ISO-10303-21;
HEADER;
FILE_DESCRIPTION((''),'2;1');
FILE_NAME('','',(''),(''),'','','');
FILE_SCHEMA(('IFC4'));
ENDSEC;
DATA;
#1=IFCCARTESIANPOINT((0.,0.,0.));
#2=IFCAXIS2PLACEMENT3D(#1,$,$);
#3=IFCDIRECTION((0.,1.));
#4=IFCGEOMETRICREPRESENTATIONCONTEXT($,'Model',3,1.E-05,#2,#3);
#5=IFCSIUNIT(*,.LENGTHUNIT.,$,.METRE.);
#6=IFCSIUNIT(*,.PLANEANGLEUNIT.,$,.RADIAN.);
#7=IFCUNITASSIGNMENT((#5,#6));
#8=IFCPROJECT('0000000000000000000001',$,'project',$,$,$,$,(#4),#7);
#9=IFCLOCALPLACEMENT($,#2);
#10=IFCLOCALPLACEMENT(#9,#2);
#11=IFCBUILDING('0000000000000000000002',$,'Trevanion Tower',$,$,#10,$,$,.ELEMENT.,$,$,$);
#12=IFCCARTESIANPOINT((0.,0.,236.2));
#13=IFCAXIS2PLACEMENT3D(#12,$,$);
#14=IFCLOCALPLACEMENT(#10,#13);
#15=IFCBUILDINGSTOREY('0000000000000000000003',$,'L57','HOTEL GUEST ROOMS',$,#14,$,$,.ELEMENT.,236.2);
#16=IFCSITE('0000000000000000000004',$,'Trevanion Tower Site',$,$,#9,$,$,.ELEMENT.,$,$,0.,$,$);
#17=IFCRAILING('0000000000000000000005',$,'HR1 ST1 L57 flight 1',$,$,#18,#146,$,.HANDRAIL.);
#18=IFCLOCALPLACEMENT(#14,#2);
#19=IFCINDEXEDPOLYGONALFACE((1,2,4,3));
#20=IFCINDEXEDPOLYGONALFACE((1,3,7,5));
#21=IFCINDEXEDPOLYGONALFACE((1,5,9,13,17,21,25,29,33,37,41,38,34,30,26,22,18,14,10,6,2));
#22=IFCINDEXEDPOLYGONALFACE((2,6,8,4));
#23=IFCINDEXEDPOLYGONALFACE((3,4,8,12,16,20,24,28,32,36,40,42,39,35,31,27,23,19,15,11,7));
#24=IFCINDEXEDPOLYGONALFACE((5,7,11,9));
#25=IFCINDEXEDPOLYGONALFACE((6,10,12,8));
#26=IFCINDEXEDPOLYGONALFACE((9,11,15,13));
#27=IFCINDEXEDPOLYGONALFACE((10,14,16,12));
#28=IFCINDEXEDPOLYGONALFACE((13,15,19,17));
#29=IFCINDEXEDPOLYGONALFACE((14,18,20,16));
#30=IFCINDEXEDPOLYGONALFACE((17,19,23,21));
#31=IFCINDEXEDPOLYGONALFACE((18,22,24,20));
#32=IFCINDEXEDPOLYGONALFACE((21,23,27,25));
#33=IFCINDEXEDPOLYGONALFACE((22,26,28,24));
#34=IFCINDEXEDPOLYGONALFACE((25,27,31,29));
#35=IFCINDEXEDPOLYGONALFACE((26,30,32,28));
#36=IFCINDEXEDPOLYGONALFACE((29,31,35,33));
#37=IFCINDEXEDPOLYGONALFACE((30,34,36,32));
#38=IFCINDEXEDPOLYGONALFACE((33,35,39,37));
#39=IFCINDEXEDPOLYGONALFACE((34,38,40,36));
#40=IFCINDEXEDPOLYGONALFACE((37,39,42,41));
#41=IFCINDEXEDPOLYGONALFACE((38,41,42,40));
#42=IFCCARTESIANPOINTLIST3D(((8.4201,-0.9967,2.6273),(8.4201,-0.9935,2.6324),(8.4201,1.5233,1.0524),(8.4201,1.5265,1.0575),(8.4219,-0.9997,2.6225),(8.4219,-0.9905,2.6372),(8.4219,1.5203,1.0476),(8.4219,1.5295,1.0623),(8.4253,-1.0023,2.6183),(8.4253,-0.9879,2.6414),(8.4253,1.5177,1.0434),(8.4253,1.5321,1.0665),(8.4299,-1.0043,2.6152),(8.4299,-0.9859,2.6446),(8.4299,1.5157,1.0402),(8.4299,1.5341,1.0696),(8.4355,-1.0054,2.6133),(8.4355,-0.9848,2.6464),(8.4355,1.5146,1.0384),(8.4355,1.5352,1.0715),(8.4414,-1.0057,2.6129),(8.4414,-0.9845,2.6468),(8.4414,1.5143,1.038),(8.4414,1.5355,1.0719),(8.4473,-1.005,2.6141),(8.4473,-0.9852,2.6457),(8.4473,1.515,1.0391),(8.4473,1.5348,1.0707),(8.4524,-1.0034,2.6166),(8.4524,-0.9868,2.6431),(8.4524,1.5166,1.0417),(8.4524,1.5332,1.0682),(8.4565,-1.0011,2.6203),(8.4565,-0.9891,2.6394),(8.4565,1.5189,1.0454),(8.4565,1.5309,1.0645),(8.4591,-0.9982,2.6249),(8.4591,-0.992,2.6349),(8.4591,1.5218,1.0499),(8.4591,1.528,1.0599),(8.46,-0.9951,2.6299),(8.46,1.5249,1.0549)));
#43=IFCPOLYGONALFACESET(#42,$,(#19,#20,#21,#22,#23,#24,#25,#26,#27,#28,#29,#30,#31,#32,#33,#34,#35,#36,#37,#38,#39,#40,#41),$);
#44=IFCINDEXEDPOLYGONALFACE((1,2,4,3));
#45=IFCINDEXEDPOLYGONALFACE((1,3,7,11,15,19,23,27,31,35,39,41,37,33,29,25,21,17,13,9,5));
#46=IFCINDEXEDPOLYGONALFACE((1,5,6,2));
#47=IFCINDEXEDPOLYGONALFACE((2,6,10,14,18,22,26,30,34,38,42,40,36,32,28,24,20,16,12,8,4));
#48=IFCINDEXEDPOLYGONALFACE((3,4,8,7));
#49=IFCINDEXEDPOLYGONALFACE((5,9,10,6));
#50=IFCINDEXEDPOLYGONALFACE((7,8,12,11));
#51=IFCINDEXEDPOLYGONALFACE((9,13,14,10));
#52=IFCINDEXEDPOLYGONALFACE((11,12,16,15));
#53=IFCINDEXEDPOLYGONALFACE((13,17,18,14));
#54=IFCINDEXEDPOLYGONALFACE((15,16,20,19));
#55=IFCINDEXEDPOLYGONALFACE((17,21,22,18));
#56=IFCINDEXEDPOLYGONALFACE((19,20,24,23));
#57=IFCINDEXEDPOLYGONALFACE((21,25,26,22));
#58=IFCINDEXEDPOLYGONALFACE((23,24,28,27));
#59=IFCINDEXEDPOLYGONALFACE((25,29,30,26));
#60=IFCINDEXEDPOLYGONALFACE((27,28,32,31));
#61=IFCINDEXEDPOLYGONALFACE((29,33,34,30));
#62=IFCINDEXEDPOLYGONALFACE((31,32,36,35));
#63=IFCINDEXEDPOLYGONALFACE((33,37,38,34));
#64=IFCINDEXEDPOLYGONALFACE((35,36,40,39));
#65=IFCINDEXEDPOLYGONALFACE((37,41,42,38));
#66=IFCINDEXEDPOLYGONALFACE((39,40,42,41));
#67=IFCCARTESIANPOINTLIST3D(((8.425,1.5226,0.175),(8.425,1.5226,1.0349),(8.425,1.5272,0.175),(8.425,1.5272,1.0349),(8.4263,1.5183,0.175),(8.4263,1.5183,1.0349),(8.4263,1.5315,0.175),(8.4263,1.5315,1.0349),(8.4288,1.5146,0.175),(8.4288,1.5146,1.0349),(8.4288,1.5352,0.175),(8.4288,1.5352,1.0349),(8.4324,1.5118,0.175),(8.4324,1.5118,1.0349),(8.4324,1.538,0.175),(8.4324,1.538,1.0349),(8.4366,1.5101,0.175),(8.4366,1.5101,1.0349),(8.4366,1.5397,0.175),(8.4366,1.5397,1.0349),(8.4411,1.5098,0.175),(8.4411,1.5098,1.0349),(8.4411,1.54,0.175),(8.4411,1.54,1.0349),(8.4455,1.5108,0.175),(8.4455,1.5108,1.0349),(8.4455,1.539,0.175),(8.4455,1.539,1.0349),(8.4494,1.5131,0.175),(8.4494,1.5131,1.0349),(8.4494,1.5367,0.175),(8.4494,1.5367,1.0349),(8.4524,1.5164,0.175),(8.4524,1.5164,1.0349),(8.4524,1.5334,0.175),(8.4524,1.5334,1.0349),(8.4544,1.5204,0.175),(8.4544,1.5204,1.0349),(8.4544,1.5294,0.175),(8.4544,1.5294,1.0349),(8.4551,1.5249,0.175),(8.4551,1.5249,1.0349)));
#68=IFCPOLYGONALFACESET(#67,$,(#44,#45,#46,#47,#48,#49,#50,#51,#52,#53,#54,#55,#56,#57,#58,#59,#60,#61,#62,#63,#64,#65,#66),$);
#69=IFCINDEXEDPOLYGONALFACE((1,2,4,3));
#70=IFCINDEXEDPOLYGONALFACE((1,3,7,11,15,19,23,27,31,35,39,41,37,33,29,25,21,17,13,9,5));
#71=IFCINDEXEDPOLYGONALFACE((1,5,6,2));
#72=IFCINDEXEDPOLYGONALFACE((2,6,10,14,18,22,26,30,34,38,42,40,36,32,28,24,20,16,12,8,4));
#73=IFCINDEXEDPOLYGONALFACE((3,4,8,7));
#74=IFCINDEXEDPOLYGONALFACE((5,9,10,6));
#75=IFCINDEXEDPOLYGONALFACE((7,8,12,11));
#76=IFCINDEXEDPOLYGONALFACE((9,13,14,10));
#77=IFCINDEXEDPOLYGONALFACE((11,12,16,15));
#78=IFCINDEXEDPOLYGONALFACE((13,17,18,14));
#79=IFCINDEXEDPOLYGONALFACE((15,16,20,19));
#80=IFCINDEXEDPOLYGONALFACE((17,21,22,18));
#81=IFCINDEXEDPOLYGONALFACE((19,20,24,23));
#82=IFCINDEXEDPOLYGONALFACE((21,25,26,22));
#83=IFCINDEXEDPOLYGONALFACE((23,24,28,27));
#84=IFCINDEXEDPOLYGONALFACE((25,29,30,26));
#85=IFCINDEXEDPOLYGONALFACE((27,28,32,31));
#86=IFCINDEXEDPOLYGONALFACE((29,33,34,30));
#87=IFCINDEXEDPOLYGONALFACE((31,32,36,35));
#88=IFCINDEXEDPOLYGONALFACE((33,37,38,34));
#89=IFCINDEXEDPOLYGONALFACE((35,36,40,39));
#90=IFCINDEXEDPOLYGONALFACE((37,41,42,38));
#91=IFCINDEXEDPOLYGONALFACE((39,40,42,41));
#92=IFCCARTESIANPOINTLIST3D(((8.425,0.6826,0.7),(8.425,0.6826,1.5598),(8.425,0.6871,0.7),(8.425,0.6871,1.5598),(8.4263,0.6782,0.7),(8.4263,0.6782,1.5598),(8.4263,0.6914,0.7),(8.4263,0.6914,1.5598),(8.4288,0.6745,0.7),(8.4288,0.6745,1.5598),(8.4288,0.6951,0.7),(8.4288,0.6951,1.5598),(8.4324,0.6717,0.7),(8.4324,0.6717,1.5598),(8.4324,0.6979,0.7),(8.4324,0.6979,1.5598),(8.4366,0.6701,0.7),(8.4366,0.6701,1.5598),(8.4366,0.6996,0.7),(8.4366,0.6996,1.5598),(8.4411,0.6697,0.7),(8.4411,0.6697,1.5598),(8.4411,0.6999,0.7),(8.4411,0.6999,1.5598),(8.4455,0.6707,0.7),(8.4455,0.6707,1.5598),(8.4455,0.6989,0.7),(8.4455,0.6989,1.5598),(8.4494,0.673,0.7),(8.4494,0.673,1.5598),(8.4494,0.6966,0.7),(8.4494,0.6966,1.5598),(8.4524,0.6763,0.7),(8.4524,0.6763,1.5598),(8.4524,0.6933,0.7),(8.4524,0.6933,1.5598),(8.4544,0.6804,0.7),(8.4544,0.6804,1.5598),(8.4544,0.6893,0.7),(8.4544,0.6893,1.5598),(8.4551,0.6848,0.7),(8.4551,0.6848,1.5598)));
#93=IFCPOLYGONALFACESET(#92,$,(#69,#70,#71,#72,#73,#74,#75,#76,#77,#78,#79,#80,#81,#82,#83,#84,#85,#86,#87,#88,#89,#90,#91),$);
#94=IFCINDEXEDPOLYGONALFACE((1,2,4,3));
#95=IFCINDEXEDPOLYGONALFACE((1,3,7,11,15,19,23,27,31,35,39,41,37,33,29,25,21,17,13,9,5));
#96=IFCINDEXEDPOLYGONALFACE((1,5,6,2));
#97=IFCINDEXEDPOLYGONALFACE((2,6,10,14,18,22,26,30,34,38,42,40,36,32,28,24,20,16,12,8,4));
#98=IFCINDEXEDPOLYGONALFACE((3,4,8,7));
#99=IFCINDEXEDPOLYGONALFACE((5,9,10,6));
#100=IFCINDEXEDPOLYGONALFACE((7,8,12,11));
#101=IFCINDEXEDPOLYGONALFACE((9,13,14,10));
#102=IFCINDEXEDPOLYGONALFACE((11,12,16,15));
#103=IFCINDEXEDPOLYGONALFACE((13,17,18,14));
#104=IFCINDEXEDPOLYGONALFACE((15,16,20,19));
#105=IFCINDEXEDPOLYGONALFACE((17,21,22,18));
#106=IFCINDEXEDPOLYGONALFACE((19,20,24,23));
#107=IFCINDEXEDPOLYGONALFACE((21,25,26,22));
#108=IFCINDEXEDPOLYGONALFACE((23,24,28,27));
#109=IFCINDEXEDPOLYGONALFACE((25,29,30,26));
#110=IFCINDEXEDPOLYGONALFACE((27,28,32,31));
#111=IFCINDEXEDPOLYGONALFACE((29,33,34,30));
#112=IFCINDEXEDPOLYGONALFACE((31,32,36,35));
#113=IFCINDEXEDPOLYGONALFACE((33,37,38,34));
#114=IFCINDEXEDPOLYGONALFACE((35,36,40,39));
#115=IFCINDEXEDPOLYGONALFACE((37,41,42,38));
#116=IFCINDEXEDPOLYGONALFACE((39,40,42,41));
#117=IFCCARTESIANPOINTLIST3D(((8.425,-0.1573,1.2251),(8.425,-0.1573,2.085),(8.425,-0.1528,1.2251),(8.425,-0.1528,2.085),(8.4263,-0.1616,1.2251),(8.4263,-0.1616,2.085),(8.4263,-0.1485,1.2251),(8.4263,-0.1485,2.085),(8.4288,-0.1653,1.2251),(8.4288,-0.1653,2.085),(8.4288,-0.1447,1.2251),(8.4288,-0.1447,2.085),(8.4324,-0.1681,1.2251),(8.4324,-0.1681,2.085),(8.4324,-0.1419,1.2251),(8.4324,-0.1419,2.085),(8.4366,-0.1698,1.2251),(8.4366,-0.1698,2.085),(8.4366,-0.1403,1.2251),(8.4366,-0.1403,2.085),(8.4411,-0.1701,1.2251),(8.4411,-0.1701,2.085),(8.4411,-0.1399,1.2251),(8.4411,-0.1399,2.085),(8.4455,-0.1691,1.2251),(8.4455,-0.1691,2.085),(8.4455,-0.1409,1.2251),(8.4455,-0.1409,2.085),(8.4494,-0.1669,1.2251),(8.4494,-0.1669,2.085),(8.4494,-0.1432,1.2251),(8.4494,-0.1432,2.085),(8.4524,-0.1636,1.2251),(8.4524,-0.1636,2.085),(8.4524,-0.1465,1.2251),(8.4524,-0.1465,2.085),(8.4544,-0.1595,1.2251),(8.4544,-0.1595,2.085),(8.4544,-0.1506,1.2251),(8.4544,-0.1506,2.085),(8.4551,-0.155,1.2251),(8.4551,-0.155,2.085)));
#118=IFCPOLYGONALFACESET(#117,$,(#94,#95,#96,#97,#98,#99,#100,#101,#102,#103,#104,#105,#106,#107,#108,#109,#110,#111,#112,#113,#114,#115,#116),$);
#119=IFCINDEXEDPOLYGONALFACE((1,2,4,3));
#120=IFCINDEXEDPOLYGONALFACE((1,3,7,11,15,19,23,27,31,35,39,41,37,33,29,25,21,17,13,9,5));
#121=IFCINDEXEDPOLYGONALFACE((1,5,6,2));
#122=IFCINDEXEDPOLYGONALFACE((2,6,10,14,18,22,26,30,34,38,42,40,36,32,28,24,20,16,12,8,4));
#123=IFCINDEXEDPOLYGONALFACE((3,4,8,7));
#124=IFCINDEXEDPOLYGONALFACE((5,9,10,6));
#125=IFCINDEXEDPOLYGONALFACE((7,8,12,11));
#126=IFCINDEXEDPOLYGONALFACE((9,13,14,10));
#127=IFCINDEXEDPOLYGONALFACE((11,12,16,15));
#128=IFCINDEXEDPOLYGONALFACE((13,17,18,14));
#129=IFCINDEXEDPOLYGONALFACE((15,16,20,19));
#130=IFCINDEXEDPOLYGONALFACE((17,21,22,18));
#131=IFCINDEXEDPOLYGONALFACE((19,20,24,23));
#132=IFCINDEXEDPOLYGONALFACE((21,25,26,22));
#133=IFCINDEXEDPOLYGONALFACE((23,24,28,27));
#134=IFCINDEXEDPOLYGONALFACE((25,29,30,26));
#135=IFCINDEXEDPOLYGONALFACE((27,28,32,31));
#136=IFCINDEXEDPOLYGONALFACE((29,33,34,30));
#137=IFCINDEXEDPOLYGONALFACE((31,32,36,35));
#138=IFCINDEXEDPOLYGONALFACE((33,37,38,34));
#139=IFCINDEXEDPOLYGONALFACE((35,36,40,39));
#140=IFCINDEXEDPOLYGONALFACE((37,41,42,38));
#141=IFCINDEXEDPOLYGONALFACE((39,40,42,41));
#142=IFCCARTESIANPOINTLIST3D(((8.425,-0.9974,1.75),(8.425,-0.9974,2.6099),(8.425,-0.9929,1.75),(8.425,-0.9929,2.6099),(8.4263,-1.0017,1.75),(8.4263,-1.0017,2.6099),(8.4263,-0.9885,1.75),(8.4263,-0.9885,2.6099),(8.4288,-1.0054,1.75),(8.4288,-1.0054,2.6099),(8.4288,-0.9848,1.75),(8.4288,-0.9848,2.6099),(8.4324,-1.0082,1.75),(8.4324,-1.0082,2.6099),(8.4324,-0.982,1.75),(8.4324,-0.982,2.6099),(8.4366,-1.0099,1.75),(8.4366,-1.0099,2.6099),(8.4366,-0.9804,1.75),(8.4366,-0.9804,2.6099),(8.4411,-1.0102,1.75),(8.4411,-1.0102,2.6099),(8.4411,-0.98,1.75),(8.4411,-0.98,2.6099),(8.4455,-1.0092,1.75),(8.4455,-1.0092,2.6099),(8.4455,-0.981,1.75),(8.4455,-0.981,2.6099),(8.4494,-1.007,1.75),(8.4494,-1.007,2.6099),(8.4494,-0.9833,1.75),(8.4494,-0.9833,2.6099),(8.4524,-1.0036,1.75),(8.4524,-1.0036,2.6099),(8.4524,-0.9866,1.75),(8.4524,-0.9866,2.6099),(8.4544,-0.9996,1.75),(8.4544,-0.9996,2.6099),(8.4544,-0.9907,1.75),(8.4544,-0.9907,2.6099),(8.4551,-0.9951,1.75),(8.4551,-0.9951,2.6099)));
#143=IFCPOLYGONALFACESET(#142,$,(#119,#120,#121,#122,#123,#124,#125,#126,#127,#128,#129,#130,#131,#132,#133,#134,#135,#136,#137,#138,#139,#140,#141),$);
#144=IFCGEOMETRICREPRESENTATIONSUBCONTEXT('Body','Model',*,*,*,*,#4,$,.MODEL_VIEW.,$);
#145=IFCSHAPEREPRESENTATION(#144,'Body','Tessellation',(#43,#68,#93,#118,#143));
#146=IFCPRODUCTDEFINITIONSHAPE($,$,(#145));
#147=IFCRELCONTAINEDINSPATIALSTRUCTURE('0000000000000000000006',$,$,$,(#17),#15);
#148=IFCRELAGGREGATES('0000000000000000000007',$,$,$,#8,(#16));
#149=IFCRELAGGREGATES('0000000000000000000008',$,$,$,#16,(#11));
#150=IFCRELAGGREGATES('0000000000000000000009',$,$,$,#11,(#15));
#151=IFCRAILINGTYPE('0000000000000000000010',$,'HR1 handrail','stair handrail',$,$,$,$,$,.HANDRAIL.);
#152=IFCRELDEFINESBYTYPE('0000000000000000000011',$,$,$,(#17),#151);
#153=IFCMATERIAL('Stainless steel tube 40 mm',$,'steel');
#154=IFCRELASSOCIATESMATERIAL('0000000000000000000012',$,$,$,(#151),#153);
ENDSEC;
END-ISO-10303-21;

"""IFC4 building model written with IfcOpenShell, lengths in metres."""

from ifc_helpers import new_model, si_unit, direction, frame, origin, origin_2d, place, context, subcontext, project, spatial, circle, extrude, material, type_object, element, save


model = new_model("IFC4")

# Units and contexts
model_context = context("Model", 3, precision=1e-05, world=origin(), true_north=direction((0.0, 1.0)))
body_context = subcontext(model_context, "Body", "Model", "MODEL_VIEW")
ifc_project = project(units=[si_unit("LENGTHUNIT", "METRE"), si_unit("PLANEANGLEUNIT", "RADIAN")], contexts=[model_context])

# Site, building, storey
site_placement = place(None, origin())
site = spatial("IfcSite", under=ifc_project, at=site_placement, Name="Trevanion Tower Site", CompositionType="ELEMENT", RefElevation=0.0)
building_placement = place(site_placement, origin())
building = spatial("IfcBuilding", under=site, at=building_placement, Name="Trevanion Tower", CompositionType="ELEMENT")
storey_placement = place(building_placement, frame((0.0, 0.0, 236.2)))
storey = spatial("IfcBuildingStorey", under=building, at=storey_placement, Name="L57", Description="HOTEL GUEST ROOMS", CompositionType="ELEMENT", Elevation=236.2)

# Railing
ifc_material_1 = material(Name="Stainless steel tube 40 mm", Category="steel")
railing_type = type_object("IfcRailingType", Name="HR1 handrail", Description="stair handrail", PredefinedType="HANDRAIL", material=ifc_material_1)
for number, where, name in (
    (1, (8.4399, 1.5249, 0.175), "HR1 ST1 L57 flight 1"),
):
    element("IfcRailing", number, at=place(storey_placement, frame(where)), inside=storey, type_object=railing_type, Name=name, PredefinedType="HANDRAIL", context=body_context, shape_type="SweptSolid", body=[
        extrude(circle(Radius=0.02, at=origin_2d()), frame((0.0, 0.0, 0.8799), z_axis=(0.0, -0.848008, 0.529984), x_axis=(1.0, 0.0, 0.0)), (0.0, 0.0, 1.0), 2.9717),
        extrude(circle(Radius=0.0151, at=origin_2d()), origin(), (0.0, 0.0, 1.0), 0.8599),
        extrude(circle(Radius=0.0151, at=origin_2d()), frame((0.0, -0.8401, 0.5249)), (0.0, 0.0, 1.0), 0.8599),
        extrude(circle(Radius=0.0151, at=origin_2d()), frame((0.0, -1.6799, 1.05)), (0.0, 0.0, 1.0), 0.8599),
        extrude(circle(Radius=0.0151, at=origin_2d()), frame((0.0, -2.52, 1.575)), (0.0, 0.0, 1.0), 0.8599),
    ])

save(model, "model.ifc")
